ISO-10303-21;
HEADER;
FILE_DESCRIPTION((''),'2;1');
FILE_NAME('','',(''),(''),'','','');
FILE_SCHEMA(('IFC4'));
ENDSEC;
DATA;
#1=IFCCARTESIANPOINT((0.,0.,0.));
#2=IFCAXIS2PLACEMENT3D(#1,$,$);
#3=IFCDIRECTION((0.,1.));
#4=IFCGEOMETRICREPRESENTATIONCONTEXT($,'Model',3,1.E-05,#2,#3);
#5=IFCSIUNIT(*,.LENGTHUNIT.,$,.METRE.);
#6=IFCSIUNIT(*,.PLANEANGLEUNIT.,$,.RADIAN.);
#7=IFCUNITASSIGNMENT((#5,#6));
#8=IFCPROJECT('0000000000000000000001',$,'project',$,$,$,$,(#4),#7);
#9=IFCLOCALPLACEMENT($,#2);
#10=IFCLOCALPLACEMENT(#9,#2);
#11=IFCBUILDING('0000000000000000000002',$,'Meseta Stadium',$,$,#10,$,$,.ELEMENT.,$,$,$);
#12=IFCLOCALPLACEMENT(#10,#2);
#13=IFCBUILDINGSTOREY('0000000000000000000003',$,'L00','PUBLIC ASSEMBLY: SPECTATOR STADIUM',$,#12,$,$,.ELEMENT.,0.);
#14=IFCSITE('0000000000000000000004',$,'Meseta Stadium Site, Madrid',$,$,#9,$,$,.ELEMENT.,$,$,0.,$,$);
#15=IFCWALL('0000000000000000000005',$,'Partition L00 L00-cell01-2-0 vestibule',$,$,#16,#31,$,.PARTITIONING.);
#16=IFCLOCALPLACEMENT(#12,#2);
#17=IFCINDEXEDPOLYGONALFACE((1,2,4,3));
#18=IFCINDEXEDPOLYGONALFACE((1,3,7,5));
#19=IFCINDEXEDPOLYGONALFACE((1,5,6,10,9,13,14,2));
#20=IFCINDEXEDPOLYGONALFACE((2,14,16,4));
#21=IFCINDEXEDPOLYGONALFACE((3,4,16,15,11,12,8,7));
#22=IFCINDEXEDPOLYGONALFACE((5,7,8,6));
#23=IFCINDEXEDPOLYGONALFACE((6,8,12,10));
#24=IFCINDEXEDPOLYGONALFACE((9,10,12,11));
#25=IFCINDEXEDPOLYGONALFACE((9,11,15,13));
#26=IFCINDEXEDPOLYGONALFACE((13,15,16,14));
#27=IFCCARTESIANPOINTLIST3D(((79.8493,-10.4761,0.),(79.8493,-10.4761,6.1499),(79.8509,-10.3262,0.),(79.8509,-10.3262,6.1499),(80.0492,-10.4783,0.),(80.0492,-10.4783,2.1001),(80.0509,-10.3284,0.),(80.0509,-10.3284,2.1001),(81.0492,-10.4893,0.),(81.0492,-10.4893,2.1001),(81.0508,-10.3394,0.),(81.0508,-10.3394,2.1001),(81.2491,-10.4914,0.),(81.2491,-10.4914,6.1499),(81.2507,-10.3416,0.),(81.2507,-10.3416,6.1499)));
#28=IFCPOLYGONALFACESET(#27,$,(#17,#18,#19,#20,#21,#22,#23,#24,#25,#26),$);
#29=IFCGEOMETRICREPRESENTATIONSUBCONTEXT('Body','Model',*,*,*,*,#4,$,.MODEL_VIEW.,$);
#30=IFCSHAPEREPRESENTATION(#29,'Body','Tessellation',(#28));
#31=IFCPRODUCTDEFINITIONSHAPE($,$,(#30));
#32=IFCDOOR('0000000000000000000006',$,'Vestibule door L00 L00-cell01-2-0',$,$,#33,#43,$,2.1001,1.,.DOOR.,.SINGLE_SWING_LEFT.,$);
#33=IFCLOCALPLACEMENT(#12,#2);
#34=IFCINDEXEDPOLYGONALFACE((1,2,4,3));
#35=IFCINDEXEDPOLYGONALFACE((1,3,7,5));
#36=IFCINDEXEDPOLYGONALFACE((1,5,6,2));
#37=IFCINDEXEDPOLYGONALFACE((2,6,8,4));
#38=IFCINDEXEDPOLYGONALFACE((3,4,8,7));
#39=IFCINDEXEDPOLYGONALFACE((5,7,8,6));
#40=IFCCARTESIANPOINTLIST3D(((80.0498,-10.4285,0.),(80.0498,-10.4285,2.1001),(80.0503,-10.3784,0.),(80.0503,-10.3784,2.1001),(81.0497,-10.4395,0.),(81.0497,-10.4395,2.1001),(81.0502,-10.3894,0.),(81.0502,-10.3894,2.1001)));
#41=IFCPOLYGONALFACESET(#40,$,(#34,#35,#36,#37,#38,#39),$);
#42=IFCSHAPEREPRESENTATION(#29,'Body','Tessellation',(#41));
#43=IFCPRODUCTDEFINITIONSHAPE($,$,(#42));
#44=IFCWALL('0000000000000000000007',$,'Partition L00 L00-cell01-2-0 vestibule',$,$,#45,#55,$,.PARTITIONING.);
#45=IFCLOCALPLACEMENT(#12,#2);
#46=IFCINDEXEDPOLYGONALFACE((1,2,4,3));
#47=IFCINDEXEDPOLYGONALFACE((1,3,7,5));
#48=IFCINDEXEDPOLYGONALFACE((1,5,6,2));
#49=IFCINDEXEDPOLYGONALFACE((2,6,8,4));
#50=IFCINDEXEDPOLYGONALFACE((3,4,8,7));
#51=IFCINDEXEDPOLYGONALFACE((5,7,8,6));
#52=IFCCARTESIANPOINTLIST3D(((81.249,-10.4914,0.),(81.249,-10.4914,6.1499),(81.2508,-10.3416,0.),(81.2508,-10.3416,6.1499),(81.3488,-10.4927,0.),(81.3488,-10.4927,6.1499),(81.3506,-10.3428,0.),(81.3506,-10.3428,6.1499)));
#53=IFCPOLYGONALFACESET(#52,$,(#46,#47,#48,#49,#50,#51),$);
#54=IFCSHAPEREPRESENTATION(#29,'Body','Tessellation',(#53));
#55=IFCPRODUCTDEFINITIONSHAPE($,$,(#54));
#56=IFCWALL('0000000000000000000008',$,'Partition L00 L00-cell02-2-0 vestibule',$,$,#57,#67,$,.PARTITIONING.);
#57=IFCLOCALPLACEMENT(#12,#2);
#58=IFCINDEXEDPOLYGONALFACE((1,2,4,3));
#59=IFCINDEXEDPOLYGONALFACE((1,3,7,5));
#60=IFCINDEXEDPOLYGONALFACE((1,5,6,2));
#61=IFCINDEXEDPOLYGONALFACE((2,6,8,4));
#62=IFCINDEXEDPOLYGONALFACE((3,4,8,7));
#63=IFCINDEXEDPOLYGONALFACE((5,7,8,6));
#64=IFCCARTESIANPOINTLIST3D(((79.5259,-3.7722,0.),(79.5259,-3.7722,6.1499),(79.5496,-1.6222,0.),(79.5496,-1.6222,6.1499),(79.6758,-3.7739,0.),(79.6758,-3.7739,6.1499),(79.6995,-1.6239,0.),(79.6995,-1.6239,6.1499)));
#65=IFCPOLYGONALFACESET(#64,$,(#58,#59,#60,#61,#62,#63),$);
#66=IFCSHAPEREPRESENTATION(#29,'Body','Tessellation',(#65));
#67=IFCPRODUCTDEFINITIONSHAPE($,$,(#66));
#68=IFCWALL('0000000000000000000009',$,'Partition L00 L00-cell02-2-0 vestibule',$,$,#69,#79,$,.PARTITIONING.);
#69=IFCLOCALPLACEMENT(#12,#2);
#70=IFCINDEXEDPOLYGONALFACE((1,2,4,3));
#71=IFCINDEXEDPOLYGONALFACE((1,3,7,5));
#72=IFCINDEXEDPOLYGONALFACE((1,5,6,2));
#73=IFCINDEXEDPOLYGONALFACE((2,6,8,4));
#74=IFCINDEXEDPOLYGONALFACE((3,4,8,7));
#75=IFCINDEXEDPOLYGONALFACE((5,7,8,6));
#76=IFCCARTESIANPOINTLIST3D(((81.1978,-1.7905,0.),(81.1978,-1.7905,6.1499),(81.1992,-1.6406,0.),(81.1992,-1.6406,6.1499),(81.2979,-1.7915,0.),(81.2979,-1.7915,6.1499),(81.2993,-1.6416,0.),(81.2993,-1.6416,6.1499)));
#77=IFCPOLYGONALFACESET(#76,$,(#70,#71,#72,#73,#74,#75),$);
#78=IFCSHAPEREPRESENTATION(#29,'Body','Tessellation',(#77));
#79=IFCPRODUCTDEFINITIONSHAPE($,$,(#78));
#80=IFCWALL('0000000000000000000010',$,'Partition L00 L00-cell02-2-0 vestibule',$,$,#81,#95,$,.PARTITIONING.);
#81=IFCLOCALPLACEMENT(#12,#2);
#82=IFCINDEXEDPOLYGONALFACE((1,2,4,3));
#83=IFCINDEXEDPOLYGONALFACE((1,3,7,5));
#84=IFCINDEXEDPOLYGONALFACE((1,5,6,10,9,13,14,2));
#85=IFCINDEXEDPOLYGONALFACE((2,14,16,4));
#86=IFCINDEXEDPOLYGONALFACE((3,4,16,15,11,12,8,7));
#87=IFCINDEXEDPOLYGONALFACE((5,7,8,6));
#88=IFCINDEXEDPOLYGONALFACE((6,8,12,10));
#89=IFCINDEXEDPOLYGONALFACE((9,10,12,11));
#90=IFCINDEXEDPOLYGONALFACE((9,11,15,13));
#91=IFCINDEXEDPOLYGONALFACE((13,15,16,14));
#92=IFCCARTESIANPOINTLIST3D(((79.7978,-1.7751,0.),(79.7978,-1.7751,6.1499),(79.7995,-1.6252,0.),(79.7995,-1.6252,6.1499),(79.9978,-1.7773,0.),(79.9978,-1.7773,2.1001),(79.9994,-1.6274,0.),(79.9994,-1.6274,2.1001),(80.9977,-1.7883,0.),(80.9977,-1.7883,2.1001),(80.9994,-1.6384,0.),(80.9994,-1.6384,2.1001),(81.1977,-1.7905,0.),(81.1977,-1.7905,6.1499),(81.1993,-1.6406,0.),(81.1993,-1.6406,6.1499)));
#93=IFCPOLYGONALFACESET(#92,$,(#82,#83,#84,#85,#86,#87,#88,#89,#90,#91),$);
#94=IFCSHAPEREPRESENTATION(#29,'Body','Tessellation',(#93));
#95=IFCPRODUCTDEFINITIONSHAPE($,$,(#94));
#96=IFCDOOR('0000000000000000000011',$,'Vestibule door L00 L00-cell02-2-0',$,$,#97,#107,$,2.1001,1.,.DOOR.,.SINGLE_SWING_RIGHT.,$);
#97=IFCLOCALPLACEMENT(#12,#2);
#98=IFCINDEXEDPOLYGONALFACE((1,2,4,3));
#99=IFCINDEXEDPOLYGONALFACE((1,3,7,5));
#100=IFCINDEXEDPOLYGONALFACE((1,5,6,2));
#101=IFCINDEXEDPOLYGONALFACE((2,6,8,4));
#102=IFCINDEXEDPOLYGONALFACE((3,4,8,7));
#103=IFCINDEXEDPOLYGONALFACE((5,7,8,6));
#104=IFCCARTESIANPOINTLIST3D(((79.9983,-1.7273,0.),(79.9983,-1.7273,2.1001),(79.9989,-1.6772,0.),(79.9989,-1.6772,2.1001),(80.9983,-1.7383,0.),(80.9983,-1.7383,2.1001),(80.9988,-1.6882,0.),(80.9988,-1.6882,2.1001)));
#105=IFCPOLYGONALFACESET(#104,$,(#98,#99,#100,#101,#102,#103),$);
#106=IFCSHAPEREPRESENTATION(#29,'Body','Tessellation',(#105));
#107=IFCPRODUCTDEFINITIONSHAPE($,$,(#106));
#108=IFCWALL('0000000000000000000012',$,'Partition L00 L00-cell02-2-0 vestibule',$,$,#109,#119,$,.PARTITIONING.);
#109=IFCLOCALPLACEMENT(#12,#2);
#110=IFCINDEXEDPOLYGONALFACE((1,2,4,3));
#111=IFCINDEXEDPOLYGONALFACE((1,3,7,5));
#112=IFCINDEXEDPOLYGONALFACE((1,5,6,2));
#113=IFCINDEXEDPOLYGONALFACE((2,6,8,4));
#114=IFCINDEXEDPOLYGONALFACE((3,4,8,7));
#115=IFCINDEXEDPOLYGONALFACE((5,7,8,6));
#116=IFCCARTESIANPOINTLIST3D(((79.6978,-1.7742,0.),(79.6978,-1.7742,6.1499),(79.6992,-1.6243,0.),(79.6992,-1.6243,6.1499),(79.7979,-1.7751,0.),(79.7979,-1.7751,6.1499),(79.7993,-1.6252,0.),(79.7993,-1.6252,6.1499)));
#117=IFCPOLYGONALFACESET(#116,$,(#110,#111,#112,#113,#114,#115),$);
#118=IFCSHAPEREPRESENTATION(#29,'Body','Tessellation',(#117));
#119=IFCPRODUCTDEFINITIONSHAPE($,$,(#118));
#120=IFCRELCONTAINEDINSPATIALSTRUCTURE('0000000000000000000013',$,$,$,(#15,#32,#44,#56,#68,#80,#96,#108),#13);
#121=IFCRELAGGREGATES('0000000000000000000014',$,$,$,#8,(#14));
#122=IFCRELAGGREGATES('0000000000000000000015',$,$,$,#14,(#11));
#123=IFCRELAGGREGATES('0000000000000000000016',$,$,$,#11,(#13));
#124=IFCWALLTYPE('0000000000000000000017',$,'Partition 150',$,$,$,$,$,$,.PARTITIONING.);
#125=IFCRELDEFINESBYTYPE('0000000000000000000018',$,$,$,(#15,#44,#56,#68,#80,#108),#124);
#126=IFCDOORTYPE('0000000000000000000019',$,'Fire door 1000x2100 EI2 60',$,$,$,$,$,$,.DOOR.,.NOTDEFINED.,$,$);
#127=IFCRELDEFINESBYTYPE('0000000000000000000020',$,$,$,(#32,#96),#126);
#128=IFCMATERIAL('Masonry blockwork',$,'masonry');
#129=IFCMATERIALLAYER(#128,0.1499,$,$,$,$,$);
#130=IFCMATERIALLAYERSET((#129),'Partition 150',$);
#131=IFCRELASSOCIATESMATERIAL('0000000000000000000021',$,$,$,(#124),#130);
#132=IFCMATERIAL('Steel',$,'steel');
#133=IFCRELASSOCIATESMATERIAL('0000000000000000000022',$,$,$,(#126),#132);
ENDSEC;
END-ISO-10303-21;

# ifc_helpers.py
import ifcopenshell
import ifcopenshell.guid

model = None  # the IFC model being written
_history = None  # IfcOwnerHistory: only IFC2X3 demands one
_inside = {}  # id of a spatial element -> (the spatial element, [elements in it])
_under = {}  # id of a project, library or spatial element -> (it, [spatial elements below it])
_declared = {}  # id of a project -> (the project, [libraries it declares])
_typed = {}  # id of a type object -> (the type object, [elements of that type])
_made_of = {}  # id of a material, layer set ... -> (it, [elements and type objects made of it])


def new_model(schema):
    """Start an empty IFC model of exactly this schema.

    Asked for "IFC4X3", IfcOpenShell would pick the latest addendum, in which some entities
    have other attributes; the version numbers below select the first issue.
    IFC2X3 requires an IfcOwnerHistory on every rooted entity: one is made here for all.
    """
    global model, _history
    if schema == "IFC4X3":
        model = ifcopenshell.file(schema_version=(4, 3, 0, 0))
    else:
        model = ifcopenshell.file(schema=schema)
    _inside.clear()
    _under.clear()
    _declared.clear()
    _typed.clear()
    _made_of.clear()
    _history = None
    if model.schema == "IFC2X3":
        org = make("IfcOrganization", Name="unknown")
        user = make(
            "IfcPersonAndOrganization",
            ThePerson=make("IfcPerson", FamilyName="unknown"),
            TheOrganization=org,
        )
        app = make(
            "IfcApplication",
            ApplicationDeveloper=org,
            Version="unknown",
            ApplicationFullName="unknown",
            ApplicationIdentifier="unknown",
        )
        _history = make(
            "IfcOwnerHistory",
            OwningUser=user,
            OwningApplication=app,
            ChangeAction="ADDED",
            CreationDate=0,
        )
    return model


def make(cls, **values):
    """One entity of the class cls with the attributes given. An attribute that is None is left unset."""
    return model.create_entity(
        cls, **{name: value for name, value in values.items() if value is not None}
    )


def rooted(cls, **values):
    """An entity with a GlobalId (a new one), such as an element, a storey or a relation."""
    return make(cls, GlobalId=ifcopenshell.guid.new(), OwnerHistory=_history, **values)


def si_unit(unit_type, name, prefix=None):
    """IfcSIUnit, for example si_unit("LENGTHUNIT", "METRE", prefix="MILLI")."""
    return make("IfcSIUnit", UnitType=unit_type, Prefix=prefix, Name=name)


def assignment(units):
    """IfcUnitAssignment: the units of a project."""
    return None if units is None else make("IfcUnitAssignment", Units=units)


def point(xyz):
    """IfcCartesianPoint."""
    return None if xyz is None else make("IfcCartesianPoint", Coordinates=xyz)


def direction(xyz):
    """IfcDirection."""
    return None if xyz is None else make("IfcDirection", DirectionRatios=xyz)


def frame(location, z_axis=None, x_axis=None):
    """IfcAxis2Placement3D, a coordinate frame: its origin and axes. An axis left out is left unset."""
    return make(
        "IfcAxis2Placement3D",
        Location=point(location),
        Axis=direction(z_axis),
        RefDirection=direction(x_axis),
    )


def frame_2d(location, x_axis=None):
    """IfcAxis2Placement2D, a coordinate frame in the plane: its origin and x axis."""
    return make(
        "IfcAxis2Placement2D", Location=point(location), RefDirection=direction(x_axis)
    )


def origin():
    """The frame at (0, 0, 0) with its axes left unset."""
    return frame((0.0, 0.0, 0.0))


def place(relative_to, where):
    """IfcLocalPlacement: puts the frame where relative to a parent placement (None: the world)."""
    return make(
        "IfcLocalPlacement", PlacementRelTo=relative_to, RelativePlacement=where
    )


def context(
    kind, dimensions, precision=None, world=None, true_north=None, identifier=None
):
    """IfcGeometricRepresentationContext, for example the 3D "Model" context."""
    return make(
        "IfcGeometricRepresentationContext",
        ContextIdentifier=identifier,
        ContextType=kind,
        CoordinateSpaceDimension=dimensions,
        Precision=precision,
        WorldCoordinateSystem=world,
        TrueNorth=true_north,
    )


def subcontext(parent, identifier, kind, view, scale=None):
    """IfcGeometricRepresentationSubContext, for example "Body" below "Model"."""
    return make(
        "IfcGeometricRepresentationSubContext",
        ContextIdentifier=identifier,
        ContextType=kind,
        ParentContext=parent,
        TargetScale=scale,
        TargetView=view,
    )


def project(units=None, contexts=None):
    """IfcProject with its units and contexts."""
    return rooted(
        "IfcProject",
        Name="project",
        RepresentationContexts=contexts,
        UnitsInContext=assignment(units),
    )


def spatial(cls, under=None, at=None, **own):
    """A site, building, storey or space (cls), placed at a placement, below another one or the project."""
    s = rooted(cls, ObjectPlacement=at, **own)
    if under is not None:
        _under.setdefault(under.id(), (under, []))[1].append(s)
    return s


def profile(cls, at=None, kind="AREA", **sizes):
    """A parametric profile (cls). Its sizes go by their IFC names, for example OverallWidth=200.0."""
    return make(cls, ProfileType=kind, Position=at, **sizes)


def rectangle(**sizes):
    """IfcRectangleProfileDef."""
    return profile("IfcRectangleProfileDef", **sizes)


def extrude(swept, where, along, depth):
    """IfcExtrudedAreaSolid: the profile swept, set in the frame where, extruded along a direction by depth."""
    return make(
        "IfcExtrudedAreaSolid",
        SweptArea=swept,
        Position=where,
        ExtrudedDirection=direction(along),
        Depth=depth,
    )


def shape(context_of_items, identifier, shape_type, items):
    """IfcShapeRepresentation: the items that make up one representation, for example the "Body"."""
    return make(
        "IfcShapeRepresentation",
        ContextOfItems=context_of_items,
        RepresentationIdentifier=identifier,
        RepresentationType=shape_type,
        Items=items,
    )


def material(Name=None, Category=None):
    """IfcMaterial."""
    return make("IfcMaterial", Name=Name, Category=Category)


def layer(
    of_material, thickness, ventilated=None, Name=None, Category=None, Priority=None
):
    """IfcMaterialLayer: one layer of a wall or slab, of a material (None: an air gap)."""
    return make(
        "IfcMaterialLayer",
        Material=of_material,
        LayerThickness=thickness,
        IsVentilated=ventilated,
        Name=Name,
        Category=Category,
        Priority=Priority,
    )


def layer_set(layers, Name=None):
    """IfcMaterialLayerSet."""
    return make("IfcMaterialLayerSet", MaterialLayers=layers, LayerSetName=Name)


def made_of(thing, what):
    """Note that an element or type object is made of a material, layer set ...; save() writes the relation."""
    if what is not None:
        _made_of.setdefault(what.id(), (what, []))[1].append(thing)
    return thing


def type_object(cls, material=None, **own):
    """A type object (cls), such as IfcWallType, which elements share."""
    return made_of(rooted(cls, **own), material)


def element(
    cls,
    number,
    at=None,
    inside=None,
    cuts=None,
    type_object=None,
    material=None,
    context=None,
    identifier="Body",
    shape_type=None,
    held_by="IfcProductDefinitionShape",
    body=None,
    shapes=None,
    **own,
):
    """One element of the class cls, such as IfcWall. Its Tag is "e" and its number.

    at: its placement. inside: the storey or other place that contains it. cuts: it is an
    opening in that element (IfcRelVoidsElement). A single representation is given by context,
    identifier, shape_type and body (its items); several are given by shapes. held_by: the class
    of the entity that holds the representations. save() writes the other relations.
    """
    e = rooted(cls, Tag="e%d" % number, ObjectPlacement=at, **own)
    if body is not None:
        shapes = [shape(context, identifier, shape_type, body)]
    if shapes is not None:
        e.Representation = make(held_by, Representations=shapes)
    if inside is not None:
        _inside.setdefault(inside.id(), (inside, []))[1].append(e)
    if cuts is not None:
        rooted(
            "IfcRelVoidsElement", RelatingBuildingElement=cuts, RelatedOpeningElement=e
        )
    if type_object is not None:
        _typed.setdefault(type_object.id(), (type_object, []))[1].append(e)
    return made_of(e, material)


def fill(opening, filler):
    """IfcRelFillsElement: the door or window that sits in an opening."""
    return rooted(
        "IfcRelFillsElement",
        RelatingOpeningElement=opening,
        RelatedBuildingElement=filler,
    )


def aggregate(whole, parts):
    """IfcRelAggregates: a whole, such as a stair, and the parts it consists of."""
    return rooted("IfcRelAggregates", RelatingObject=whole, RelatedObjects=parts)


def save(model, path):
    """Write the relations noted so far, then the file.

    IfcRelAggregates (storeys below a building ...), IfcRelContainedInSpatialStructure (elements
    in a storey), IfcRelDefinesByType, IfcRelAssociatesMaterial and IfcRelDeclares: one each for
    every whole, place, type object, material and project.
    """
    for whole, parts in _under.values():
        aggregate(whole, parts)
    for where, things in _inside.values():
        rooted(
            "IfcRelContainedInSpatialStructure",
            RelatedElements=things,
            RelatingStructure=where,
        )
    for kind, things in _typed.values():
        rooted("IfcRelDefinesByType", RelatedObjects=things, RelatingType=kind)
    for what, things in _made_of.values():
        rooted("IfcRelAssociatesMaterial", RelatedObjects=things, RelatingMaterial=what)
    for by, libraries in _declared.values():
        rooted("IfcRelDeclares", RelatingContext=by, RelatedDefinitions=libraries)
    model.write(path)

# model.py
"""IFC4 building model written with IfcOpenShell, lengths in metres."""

from ifc_helpers import new_model, si_unit, direction, frame, frame_2d, origin, place, context, subcontext, project, spatial, rectangle, extrude, material, layer, layer_set, type_object, element, fill, save


model = new_model("IFC4")

# Units and contexts
model_context = context("Model", 3, precision=1e-05, world=origin(), true_north=direction((0.0, 1.0)))
body_context = subcontext(model_context, "Body", "Model", "MODEL_VIEW")
ifc_project = project(units=[si_unit("LENGTHUNIT", "METRE"), si_unit("PLANEANGLEUNIT", "RADIAN")], contexts=[model_context])

# Site, building, storey
site_placement = place(None, origin())
site = spatial("IfcSite", under=ifc_project, at=site_placement, Name="Meseta Stadium Site, Madrid", CompositionType="ELEMENT", RefElevation=0.0)
building_placement = place(site_placement, origin())
building = spatial("IfcBuilding", under=site, at=building_placement, Name="Meseta Stadium", CompositionType="ELEMENT")
storey_placement = place(building_placement, origin())
storey = spatial("IfcBuildingStorey", under=building, at=storey_placement, Name="L00", Description="PUBLIC ASSEMBLY: SPECTATOR STADIUM", CompositionType="ELEMENT", Elevation=0.0)

# Shared definitions
ifc_material_1 = material(Name="Masonry blockwork", Category="masonry")
ifc_layer = layer(ifc_material_1, 0.1499)
ifc_layer_set = layer_set([ifc_layer], Name="Partition 150")
wall_type = type_object("IfcWallType", Name="Partition 150", PredefinedType="PARTITIONING", material=ifc_layer_set)

# Wall, opening, door
wall_1_placement = place(storey_placement, frame((79.8501, -10.4011, 0.0), z_axis=(0.0, 0.0, 1.0), x_axis=(0.99994, -0.010986, 0.0)))
wall_1 = element("IfcWall", 1, at=wall_1_placement, inside=storey, type_object=wall_type, Name="Partition L00 L00-cell01-2-0 vestibule", PredefinedType="PARTITIONING", context=body_context, shape_type="SweptSolid", body=[
    extrude(rectangle(XDim=1.3999, YDim=0.1499, at=frame_2d((0.7, 0.0))), origin(), (0.0, 0.0, 1.0), 6.1499),
])
opening_1_placement = place(wall_1_placement, frame((0.2, 0.0, 0.0)))
opening_1 = element("IfcOpeningElement", 2, at=opening_1_placement, cuts=wall_1, PredefinedType="OPENING", context=body_context, shape_type="SweptSolid", body=[
    extrude(rectangle(XDim=1.0, YDim=2.1001, at=frame_2d((0.5, 1.05))), frame((0.0, 0.085, 0.0), z_axis=(0.0, -1.0, 0.0), x_axis=(1.0, 0.0, 0.0)), (0.0, 0.0, 1.0), 0.1699),
])
ifc_material_2 = material(Name="Steel", Category="steel")
door_type_1 = type_object("IfcDoorType", Name="Fire door 1000x2100 EI2 60", OperationType="NOTDEFINED", PredefinedType="DOOR", material=ifc_material_2)
door_1_placement = place(opening_1_placement, origin())
door_1 = element("IfcDoor", 3, at=door_1_placement, inside=storey, type_object=door_type_1, Name="Vestibule door L00 L00-cell01-2-0", OperationType="SINGLE_SWING_LEFT", OverallHeight=2.1001, OverallWidth=1.0, PredefinedType="DOOR", context=body_context, shape_type="SweptSolid", body=[
    extrude(rectangle(XDim=1.0, YDim=2.1001, at=frame_2d((0.5, 1.05))), frame((0.0, 0.0249, 0.0), z_axis=(0.0, -1.0, 0.0), x_axis=(1.0, 0.0, 0.0)), (0.0, 0.0, 1.0), 0.05),
])
fill(opening_1, door_1)

# Walls
wall_2_placement = place(storey_placement, frame((81.25, -10.4165, 0.0), z_axis=(0.0, 0.0, 1.0), x_axis=(0.999925, -0.012224, 0.0)))
element("IfcWall", 4, at=wall_2_placement, inside=storey, type_object=wall_type, Name="Partition L00 L00-cell01-2-0 vestibule", PredefinedType="PARTITIONING", context=body_context, shape_type="SweptSolid", body=[
    extrude(rectangle(XDim=0.0999, YDim=0.1499, at=frame_2d((0.0498, 0.0))), origin(), (0.0, 0.0, 1.0), 6.1499),
])
wall_3_placement = place(storey_placement, frame((79.6008, -3.7732, 0.0), z_axis=(0.0, 0.0, 1.0), x_axis=(0.011015, 0.999939, 0.0)))
element("IfcWall", 5, at=wall_3_placement, inside=storey, type_object=wall_type, Name="Partition L00 L00-cell02-2-0 vestibule", PredefinedType="PARTITIONING", context=body_context, shape_type="SweptSolid", body=[
    extrude(rectangle(XDim=2.1501, YDim=0.1499, at=frame_2d((1.0752, 0.0))), origin(), (0.0, 0.0, 1.0), 6.1499),
])
wall_4_placement = place(storey_placement, frame((81.2986, -1.7166, 0.0), z_axis=(0.0, 0.0, 1.0), x_axis=(-0.999952, 0.009756, 0.0)))
element("IfcWall", 6, at=wall_4_placement, inside=storey, type_object=wall_type, Name="Partition L00 L00-cell02-2-0 vestibule", PredefinedType="PARTITIONING", context=body_context, shape_type="SweptSolid", body=[
    extrude(rectangle(XDim=0.1001, YDim=0.1499, at=frame_2d((0.05, 0.0))), origin(), (0.0, 0.0, 1.0), 6.1499),
])

# Wall, opening, door
wall_5_placement = place(storey_placement, frame((81.1985, -1.7156, 0.0), z_axis=(0.0, 0.0, 1.0), x_axis=(-0.99994, 0.010986, 0.0)))
wall_5 = element("IfcWall", 7, at=wall_5_placement, inside=storey, type_object=wall_type, Name="Partition L00 L00-cell02-2-0 vestibule", PredefinedType="PARTITIONING", context=body_context, shape_type="SweptSolid", body=[
    extrude(rectangle(XDim=1.3999, YDim=0.1499, at=frame_2d((0.7, 0.0))), origin(), (0.0, 0.0, 1.0), 6.1499),
])
opening_2_placement = place(wall_5_placement, frame((0.2, 0.0, 0.0)))
opening_2 = element("IfcOpeningElement", 8, at=opening_2_placement, cuts=wall_5, PredefinedType="OPENING", context=body_context, shape_type="SweptSolid", body=[
    extrude(rectangle(XDim=1.0, YDim=2.1001, at=frame_2d((0.5, 1.05))), frame((0.0, 0.085, 0.0), z_axis=(0.0, -1.0, 0.0), x_axis=(1.0, 0.0, 0.0)), (0.0, 0.0, 1.0), 0.1699),
])
door_2_placement = place(opening_2_placement, origin())
door_2 = element("IfcDoor", 9, at=door_2_placement, inside=storey, type_object=door_type_1, Name="Vestibule door L00 L00-cell02-2-0", OperationType="SINGLE_SWING_RIGHT", OverallHeight=2.1001, OverallWidth=1.0, PredefinedType="DOOR", context=body_context, shape_type="SweptSolid", body=[
    extrude(rectangle(XDim=1.0, YDim=2.1001, at=frame_2d((0.5, 1.05))), frame((0.0, 0.0249, 0.0), z_axis=(0.0, -1.0, 0.0), x_axis=(1.0, 0.0, 0.0)), (0.0, 0.0, 1.0), 0.05),
])
fill(opening_2, door_2)

# Wall
wall_6_placement = place(storey_placement, frame((79.7986, -1.7002, 0.0), z_axis=(0.0, 0.0, 1.0), x_axis=(-0.999952, 0.009756, 0.0)))
element("IfcWall", 10, at=wall_6_placement, inside=storey, type_object=wall_type, Name="Partition L00 L00-cell02-2-0 vestibule", PredefinedType="PARTITIONING", context=body_context, shape_type="SweptSolid", body=[
    extrude(rectangle(XDim=0.1001, YDim=0.1499, at=frame_2d((0.05, 0.0))), origin(), (0.0, 0.0, 1.0), 6.1499),
])

save(model, "model.ifc")
